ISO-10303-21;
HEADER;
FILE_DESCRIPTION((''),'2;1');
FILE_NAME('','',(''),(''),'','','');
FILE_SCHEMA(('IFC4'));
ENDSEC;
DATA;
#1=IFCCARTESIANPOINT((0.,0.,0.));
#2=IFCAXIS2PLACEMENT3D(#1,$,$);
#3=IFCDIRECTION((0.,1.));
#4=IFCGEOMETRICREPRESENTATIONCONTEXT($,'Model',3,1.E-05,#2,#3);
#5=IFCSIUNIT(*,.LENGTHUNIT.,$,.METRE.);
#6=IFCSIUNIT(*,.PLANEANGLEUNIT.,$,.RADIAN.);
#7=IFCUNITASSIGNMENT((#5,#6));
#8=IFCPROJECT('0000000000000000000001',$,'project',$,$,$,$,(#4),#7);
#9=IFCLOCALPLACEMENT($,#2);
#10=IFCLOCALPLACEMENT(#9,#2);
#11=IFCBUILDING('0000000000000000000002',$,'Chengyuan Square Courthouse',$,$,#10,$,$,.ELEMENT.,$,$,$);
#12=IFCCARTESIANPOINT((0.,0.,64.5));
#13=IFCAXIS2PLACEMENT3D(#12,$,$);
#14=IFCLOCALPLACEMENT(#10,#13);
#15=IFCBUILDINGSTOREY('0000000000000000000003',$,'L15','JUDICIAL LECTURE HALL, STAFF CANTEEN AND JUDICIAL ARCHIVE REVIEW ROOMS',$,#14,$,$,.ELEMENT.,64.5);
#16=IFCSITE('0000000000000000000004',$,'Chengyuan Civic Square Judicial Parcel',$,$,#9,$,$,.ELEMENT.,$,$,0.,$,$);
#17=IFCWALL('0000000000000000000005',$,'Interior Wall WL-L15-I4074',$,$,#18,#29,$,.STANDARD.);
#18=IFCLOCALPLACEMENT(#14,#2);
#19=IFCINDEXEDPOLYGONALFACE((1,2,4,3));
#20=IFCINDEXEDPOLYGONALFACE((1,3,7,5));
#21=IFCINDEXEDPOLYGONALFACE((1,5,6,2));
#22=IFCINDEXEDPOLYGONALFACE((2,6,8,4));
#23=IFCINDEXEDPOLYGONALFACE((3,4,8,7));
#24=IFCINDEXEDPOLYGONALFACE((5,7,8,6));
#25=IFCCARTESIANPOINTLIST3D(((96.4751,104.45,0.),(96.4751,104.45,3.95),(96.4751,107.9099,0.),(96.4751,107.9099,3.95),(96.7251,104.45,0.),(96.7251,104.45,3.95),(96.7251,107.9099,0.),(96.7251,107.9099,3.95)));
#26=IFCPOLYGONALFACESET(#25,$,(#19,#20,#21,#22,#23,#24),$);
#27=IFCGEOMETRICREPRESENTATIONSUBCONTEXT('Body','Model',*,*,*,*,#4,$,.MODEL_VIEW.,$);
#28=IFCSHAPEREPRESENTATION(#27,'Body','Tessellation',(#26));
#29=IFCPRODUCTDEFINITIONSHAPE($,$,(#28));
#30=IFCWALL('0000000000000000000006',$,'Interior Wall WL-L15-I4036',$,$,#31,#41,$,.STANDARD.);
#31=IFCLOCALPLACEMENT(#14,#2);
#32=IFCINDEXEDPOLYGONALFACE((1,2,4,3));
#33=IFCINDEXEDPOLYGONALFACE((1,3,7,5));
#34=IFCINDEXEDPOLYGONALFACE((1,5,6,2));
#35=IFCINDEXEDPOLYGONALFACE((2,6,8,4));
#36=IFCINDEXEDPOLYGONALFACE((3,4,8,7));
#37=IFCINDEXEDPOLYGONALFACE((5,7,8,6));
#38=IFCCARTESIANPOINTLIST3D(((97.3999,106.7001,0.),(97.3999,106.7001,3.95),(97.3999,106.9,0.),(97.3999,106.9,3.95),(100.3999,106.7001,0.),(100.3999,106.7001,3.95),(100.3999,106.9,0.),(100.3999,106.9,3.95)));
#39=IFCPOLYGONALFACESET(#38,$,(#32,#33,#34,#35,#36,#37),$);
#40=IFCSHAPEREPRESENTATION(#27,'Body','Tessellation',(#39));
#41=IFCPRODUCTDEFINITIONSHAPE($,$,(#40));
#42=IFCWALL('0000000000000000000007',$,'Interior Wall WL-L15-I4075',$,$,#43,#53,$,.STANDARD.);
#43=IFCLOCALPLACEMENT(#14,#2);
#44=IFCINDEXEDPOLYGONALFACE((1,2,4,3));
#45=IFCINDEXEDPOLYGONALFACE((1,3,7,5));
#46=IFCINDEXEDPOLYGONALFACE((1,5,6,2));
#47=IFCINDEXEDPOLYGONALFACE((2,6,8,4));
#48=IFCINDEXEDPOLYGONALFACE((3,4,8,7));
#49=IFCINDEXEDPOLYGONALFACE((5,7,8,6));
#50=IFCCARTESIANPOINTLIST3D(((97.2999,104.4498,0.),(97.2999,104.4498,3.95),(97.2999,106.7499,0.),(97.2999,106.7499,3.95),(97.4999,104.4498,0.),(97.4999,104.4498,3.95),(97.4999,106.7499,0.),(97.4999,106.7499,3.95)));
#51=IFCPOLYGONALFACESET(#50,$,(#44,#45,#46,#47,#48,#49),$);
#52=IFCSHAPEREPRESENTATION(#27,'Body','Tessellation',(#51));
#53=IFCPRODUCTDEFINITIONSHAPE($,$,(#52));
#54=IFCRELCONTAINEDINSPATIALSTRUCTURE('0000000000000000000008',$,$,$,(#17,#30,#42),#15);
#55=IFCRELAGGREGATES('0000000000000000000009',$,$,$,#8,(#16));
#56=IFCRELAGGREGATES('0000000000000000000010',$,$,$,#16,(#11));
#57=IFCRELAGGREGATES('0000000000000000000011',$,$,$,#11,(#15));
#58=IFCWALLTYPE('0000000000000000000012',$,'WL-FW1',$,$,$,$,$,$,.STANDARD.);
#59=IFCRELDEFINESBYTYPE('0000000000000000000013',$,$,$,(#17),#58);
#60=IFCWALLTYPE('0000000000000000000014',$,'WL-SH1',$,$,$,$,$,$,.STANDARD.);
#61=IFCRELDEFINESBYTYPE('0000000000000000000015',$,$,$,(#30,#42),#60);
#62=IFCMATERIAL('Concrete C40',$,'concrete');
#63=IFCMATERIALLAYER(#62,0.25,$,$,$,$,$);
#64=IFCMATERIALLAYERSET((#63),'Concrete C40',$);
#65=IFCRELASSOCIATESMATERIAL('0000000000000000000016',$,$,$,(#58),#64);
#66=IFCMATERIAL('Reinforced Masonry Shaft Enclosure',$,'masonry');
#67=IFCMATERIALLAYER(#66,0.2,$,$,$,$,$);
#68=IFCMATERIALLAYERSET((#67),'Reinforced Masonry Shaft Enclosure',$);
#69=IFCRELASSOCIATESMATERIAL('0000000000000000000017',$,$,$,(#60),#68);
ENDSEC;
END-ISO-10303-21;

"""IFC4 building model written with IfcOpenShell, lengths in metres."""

from ifc_helpers import new_model, si_unit, direction, frame, frame_2d, origin, place, context, subcontext, project, spatial, rectangle, extrude, material, layer, layer_set, type_object, element, save


model = new_model("IFC4")

# Units and contexts
model_context = context("Model", 3, precision=1e-05, world=origin(), true_north=direction((0.0, 1.0)))
body_context = subcontext(model_context, "Body", "Model", "MODEL_VIEW")
ifc_project = project(units=[si_unit("LENGTHUNIT", "METRE"), si_unit("PLANEANGLEUNIT", "RADIAN")], contexts=[model_context])

# Site, building, storey
site_placement = place(None, origin())
site = spatial("IfcSite", under=ifc_project, at=site_placement, Name="Chengyuan Civic Square Judicial Parcel", CompositionType="ELEMENT", RefElevation=0.0)
building_placement = place(site_placement, origin())
building = spatial("IfcBuilding", under=site, at=building_placement, Name="Chengyuan Square Courthouse", CompositionType="ELEMENT")
storey_placement = place(building_placement, frame((0.0, 0.0, 64.5)))
storey = spatial("IfcBuildingStorey", under=building, at=storey_placement, Name="L15", Description="JUDICIAL LECTURE HALL, STAFF CANTEEN AND JUDICIAL ARCHIVE REVIEW ROOMS", CompositionType="ELEMENT", Elevation=64.5)

# Shared definitions
ifc_material_1 = material(Name="Concrete C40", Category="concrete")

# Shared definitions
ifc_layer_1 = layer(ifc_material_1, 0.25)
ifc_layer_set_1 = layer_set([ifc_layer_1], Name="Concrete C40")
wall_type_1 = type_object("IfcWallType", Name="WL-FW1", PredefinedType="STANDARD", material=ifc_layer_set_1)

# Wall
wall_1_placement = place(storey_placement, frame((96.6001, 104.45, 0.0), z_axis=(0.0, 0.0, 1.0), x_axis=(0.0, 1.0, 0.0)))
element("IfcWall", 1, at=wall_1_placement, inside=storey, type_object=wall_type_1, Name="Interior Wall WL-L15-I4074", PredefinedType="STANDARD", context=body_context, shape_type="SweptSolid", body=[
    extrude(rectangle(XDim=3.46, YDim=0.25, at=frame_2d((1.73, 0.0))), origin(), (0.0, 0.0, 1.0), 3.95),
])

# Shared definitions
ifc_material_2 = material(Name="Reinforced Masonry Shaft Enclosure", Category="masonry")
ifc_layer_2 = layer(ifc_material_2, 0.2)
ifc_layer_set_2 = layer_set([ifc_layer_2], Name="Reinforced Masonry Shaft Enclosure")
wall_type_2 = type_object("IfcWallType", Name="WL-SH1", PredefinedType="STANDARD", material=ifc_layer_set_2)

# Walls
wall_2_placement = place(storey_placement, frame((97.3999, 106.8, 0.0), z_axis=(0.0, 0.0, 1.0), x_axis=(1.0, 0.0, 0.0)))
element("IfcWall", 2, at=wall_2_placement, inside=storey, type_object=wall_type_2, Name="Interior Wall WL-L15-I4036", PredefinedType="STANDARD", context=body_context, shape_type="SweptSolid", body=[
    extrude(rectangle(XDim=3.0, YDim=0.2, at=frame_2d((1.5, 0.0))), origin(), (0.0, 0.0, 1.0), 3.95),
])
wall_3_placement = place(storey_placement, frame((97.3999, 104.45, 0.0), z_axis=(0.0, 0.0, 1.0), x_axis=(0.0, 1.0, 0.0)))
element("IfcWall", 3, at=wall_3_placement, inside=storey, type_object=wall_type_2, Name="Interior Wall WL-L15-I4075", PredefinedType="STANDARD", context=body_context, shape_type="SweptSolid", body=[
    extrude(rectangle(XDim=2.3, YDim=0.2, at=frame_2d((1.1499, 0.0))), origin(), (0.0, 0.0, 1.0), 3.95),
])

save(model, "model.ifc")
